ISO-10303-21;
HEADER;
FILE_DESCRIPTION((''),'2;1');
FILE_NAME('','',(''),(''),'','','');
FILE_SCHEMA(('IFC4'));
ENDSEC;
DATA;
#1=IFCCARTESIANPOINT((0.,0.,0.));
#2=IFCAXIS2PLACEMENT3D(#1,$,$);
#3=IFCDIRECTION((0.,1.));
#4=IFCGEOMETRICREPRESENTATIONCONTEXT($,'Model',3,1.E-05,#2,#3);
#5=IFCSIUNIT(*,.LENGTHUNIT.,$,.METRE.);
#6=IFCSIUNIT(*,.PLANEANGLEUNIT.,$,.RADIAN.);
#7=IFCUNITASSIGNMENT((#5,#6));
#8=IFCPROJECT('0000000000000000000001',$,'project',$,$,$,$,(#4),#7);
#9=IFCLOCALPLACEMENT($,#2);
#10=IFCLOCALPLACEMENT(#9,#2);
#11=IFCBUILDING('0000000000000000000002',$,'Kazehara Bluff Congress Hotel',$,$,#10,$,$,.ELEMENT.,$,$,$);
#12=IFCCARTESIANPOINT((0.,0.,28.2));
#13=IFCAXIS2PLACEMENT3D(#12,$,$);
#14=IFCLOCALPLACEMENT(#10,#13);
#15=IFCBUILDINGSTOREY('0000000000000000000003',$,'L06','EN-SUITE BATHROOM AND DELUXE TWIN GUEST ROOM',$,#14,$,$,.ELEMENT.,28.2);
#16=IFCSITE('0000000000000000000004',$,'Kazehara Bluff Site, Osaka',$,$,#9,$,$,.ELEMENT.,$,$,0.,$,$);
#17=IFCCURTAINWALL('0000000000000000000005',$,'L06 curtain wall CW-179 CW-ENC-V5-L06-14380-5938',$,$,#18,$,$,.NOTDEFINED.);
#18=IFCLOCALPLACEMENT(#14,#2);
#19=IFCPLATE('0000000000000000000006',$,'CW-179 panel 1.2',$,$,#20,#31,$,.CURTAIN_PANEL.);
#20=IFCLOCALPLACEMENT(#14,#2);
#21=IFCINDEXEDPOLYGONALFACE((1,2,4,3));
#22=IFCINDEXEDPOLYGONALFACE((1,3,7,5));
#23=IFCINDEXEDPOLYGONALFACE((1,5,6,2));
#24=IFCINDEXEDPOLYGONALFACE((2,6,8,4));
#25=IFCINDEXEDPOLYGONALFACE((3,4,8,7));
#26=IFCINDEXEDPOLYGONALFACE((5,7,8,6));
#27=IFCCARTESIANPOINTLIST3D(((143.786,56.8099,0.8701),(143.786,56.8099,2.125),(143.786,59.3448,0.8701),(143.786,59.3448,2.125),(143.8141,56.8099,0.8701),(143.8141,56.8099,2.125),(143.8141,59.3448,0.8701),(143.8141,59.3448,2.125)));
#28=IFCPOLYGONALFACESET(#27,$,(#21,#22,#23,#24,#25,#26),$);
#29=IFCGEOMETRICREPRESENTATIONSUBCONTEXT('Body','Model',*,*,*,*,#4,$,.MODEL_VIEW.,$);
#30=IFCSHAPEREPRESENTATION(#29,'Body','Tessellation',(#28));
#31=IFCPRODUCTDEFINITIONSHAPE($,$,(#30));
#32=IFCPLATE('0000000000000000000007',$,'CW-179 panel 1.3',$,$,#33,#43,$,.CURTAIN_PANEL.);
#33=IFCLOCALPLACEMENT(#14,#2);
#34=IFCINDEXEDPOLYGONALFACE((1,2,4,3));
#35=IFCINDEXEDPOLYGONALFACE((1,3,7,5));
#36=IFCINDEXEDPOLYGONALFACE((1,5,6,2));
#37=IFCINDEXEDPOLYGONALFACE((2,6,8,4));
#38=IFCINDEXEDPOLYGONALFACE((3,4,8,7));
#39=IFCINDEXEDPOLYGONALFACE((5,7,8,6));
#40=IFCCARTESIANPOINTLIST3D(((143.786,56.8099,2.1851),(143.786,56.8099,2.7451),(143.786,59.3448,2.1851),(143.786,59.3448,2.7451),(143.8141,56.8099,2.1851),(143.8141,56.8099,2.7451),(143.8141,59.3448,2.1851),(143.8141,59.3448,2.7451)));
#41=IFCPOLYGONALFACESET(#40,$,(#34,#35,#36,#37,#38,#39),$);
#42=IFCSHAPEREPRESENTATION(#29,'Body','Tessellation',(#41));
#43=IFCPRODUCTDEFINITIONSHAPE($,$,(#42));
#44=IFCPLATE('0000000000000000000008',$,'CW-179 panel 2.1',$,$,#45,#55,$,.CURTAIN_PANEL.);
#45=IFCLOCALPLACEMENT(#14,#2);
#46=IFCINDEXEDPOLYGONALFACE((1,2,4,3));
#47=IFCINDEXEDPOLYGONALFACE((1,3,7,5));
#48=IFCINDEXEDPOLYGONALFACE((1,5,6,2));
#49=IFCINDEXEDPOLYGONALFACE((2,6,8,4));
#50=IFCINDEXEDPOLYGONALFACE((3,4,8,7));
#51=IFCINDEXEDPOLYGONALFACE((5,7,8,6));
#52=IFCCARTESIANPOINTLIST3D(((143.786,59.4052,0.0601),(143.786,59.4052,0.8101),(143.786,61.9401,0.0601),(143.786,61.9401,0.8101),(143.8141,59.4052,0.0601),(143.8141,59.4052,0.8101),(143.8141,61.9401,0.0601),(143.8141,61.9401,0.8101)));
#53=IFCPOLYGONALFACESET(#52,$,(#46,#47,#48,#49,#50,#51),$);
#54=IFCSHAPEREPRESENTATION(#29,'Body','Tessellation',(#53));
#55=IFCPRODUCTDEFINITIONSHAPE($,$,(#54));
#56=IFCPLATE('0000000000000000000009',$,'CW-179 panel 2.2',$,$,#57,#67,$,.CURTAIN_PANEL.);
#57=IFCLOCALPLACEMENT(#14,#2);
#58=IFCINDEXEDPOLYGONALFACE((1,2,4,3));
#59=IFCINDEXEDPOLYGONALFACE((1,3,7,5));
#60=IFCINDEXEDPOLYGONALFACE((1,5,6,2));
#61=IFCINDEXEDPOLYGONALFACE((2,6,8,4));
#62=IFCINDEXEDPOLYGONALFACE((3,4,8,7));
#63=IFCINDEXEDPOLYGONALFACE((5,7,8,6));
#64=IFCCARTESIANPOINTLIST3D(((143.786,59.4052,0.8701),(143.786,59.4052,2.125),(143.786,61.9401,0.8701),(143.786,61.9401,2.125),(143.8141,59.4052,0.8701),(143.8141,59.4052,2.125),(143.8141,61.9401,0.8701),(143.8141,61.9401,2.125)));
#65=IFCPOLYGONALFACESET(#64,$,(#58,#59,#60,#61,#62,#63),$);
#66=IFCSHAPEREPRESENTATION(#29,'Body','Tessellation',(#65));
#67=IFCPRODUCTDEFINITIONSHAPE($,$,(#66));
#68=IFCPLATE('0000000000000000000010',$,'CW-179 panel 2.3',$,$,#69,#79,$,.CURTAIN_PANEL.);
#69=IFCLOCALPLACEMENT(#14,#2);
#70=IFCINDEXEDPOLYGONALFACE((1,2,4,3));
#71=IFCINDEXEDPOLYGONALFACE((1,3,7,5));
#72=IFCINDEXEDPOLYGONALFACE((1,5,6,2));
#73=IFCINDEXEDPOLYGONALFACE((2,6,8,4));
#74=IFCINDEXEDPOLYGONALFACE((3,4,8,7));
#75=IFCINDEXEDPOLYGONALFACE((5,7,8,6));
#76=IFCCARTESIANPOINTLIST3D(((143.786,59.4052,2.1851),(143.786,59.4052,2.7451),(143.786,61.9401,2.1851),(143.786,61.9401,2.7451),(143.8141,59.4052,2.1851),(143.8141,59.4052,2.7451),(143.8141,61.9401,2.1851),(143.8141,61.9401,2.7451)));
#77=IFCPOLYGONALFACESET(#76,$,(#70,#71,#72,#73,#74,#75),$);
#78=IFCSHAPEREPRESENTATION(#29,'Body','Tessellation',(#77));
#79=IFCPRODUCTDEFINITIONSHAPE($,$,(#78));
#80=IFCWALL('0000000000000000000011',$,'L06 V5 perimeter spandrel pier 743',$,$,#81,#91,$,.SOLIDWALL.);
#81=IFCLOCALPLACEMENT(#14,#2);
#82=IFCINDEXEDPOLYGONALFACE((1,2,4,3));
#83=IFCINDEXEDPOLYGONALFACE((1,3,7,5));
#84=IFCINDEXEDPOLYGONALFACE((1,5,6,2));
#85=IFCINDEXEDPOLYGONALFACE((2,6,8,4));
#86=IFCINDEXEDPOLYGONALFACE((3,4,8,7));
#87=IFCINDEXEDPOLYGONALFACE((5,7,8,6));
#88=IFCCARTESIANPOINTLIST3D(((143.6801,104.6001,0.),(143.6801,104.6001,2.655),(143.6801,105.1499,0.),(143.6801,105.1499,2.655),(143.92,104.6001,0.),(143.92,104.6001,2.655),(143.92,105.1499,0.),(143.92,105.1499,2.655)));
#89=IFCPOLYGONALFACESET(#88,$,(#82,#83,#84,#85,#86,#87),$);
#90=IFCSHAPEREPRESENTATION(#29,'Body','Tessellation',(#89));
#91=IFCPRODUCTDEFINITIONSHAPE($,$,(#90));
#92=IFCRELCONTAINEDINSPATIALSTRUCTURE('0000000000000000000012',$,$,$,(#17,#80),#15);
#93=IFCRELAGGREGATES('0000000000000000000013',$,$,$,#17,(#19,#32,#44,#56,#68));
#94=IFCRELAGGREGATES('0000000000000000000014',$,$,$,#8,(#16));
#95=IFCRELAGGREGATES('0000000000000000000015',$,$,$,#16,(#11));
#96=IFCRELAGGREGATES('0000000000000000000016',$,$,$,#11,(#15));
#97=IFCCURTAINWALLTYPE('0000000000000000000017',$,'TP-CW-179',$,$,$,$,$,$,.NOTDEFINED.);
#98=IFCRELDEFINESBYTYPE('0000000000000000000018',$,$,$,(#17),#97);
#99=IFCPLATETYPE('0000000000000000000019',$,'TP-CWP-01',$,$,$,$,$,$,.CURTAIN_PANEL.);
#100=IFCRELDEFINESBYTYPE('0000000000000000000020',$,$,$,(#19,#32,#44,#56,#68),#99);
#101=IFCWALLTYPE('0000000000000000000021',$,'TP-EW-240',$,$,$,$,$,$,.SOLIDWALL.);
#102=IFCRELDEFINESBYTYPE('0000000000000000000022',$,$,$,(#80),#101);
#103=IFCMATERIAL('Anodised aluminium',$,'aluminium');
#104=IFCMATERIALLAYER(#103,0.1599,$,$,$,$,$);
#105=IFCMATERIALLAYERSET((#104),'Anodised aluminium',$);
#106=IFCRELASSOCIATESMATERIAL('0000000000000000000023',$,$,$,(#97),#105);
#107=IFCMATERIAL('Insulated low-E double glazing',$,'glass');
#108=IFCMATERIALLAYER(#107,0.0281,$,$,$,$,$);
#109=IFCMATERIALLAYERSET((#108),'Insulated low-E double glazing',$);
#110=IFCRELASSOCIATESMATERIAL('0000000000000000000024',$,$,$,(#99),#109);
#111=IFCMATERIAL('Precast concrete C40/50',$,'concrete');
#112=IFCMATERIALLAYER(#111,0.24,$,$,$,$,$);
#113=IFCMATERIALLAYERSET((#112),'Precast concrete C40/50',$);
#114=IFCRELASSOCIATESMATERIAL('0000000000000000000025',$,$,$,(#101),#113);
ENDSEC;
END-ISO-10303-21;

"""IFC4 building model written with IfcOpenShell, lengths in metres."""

from ifc_helpers import new_model, si_unit, direction, frame, frame_2d, origin, origin_2d, place, context, subcontext, project, spatial, rectangle, extrude, material, layer, layer_set, type_object, element, aggregate, save


model = new_model("IFC4")

# Units and contexts
model_context = context("Model", 3, precision=1e-05, world=origin(), true_north=direction((0.0, 1.0)))
body_context = subcontext(model_context, "Body", "Model", "MODEL_VIEW")
ifc_project = project(units=[si_unit("LENGTHUNIT", "METRE"), si_unit("PLANEANGLEUNIT", "RADIAN")], contexts=[model_context])

# Site, building, storey
site_placement = place(None, origin())
site = spatial("IfcSite", under=ifc_project, at=site_placement, Name="Kazehara Bluff Site, Osaka", CompositionType="ELEMENT", RefElevation=0.0)
building_placement = place(site_placement, origin())
building = spatial("IfcBuilding", under=site, at=building_placement, Name="Kazehara Bluff Congress Hotel", CompositionType="ELEMENT")
storey_placement = place(building_placement, frame((0.0, 0.0, 28.2)))
storey = spatial("IfcBuildingStorey", under=building, at=storey_placement, Name="L06", Description="EN-SUITE BATHROOM AND DELUXE TWIN GUEST ROOM", CompositionType="ELEMENT", Elevation=28.2)

# Curtain wall
ifc_material_1 = material(Name="Anodised aluminium", Category="aluminium")
ifc_layer_1 = layer(ifc_material_1, 0.1599)
ifc_layer_set_1 = layer_set([ifc_layer_1], Name="Anodised aluminium")
curtain_wall_type = type_object("IfcCurtainWallType", Name="TP-CW-179", PredefinedType="NOTDEFINED", material=ifc_layer_set_1)
curtain_wall_placement = place(storey_placement, origin())
curtain_wall = element("IfcCurtainWall", 1, at=curtain_wall_placement, inside=storey, type_object=curtain_wall_type, Name="L06 curtain wall CW-179 CW-ENC-V5-L06-14380-5938", PredefinedType="NOTDEFINED")

# Plates
ifc_material_2 = material(Name="Insulated low-E double glazing", Category="glass")
ifc_layer_2 = layer(ifc_material_2, 0.0281)
ifc_layer_set_2 = layer_set([ifc_layer_2], Name="Insulated low-E double glazing")
plate_type = type_object("IfcPlateType", Name="TP-CWP-01", PredefinedType="CURTAIN_PANEL", material=ifc_layer_set_2)
plate_1_placement = place(storey_placement, frame((143.8, 58.0774, 0.8701), z_axis=(0.0, 0.0, 1.0), x_axis=(0.0, 1.0, 0.0)))
plate_1 = element("IfcPlate", 2, at=plate_1_placement, type_object=plate_type, Name="CW-179 panel 1.2", PredefinedType="CURTAIN_PANEL", context=body_context, shape_type="SweptSolid", body=[
    extrude(rectangle(XDim=2.5349, YDim=0.0281, at=origin_2d()), origin(), (0.0, 0.0, 1.0), 1.2549),
])
plate_2_placement = place(storey_placement, frame((143.8, 58.0774, 2.1851), z_axis=(0.0, 0.0, 1.0), x_axis=(0.0, 1.0, 0.0)))
plate_2 = element("IfcPlate", 3, at=plate_2_placement, type_object=plate_type, Name="CW-179 panel 1.3", PredefinedType="CURTAIN_PANEL", context=body_context, shape_type="SweptSolid", body=[
    extrude(rectangle(XDim=2.5349, YDim=0.0281, at=origin_2d()), origin(), (0.0, 0.0, 1.0), 0.5601),
])
plate_3_placement = place(storey_placement, frame((143.8, 60.6726, 0.0601), z_axis=(0.0, 0.0, 1.0), x_axis=(0.0, 1.0, 0.0)))
plate_3 = element("IfcPlate", 4, at=plate_3_placement, type_object=plate_type, Name="CW-179 panel 2.1", PredefinedType="CURTAIN_PANEL", context=body_context, shape_type="SweptSolid", body=[
    extrude(rectangle(XDim=2.5349, YDim=0.0281, at=origin_2d()), origin(), (0.0, 0.0, 1.0), 0.75),
])
plate_4_placement = place(storey_placement, frame((143.8, 60.6726, 0.8701), z_axis=(0.0, 0.0, 1.0), x_axis=(0.0, 1.0, 0.0)))
plate_4 = element("IfcPlate", 5, at=plate_4_placement, type_object=plate_type, Name="CW-179 panel 2.2", PredefinedType="CURTAIN_PANEL", context=body_context, shape_type="SweptSolid", body=[
    extrude(rectangle(XDim=2.5349, YDim=0.0281, at=origin_2d()), origin(), (0.0, 0.0, 1.0), 1.2549),
])
plate_5_placement = place(storey_placement, frame((143.8, 60.6726, 2.1851), z_axis=(0.0, 0.0, 1.0), x_axis=(0.0, 1.0, 0.0)))
plate_5 = element("IfcPlate", 6, at=plate_5_placement, type_object=plate_type, Name="CW-179 panel 2.3", PredefinedType="CURTAIN_PANEL", context=body_context, shape_type="SweptSolid", body=[
    extrude(rectangle(XDim=2.5349, YDim=0.0281, at=origin_2d()), origin(), (0.0, 0.0, 1.0), 0.5601),
])
aggregate(curtain_wall, [plate_1, plate_2, plate_3, plate_4, plate_5])

# Wall
ifc_material_3 = material(Name="Precast concrete C40/50", Category="concrete")
ifc_layer_3 = layer(ifc_material_3, 0.24)
ifc_layer_set_3 = layer_set([ifc_layer_3], Name="Precast concrete C40/50")
wall_type = type_object("IfcWallType", Name="TP-EW-240", PredefinedType="SOLIDWALL", material=ifc_layer_set_3)
wall_placement = place(storey_placement, frame((143.8, 104.6001, 0.0), z_axis=(0.0, 0.0, 1.0), x_axis=(0.0, 1.0, 0.0)))
element("IfcWall", 7, at=wall_placement, inside=storey, type_object=wall_type, Name="L06 V5 perimeter spandrel pier 743", PredefinedType="SOLIDWALL", context=body_context, shape_type="SweptSolid", body=[
    extrude(rectangle(XDim=0.5498, YDim=0.24, at=frame_2d((0.2749, 0.0))), origin(), (0.0, 0.0, 1.0), 2.655),
])

save(model, "model.ifc")
